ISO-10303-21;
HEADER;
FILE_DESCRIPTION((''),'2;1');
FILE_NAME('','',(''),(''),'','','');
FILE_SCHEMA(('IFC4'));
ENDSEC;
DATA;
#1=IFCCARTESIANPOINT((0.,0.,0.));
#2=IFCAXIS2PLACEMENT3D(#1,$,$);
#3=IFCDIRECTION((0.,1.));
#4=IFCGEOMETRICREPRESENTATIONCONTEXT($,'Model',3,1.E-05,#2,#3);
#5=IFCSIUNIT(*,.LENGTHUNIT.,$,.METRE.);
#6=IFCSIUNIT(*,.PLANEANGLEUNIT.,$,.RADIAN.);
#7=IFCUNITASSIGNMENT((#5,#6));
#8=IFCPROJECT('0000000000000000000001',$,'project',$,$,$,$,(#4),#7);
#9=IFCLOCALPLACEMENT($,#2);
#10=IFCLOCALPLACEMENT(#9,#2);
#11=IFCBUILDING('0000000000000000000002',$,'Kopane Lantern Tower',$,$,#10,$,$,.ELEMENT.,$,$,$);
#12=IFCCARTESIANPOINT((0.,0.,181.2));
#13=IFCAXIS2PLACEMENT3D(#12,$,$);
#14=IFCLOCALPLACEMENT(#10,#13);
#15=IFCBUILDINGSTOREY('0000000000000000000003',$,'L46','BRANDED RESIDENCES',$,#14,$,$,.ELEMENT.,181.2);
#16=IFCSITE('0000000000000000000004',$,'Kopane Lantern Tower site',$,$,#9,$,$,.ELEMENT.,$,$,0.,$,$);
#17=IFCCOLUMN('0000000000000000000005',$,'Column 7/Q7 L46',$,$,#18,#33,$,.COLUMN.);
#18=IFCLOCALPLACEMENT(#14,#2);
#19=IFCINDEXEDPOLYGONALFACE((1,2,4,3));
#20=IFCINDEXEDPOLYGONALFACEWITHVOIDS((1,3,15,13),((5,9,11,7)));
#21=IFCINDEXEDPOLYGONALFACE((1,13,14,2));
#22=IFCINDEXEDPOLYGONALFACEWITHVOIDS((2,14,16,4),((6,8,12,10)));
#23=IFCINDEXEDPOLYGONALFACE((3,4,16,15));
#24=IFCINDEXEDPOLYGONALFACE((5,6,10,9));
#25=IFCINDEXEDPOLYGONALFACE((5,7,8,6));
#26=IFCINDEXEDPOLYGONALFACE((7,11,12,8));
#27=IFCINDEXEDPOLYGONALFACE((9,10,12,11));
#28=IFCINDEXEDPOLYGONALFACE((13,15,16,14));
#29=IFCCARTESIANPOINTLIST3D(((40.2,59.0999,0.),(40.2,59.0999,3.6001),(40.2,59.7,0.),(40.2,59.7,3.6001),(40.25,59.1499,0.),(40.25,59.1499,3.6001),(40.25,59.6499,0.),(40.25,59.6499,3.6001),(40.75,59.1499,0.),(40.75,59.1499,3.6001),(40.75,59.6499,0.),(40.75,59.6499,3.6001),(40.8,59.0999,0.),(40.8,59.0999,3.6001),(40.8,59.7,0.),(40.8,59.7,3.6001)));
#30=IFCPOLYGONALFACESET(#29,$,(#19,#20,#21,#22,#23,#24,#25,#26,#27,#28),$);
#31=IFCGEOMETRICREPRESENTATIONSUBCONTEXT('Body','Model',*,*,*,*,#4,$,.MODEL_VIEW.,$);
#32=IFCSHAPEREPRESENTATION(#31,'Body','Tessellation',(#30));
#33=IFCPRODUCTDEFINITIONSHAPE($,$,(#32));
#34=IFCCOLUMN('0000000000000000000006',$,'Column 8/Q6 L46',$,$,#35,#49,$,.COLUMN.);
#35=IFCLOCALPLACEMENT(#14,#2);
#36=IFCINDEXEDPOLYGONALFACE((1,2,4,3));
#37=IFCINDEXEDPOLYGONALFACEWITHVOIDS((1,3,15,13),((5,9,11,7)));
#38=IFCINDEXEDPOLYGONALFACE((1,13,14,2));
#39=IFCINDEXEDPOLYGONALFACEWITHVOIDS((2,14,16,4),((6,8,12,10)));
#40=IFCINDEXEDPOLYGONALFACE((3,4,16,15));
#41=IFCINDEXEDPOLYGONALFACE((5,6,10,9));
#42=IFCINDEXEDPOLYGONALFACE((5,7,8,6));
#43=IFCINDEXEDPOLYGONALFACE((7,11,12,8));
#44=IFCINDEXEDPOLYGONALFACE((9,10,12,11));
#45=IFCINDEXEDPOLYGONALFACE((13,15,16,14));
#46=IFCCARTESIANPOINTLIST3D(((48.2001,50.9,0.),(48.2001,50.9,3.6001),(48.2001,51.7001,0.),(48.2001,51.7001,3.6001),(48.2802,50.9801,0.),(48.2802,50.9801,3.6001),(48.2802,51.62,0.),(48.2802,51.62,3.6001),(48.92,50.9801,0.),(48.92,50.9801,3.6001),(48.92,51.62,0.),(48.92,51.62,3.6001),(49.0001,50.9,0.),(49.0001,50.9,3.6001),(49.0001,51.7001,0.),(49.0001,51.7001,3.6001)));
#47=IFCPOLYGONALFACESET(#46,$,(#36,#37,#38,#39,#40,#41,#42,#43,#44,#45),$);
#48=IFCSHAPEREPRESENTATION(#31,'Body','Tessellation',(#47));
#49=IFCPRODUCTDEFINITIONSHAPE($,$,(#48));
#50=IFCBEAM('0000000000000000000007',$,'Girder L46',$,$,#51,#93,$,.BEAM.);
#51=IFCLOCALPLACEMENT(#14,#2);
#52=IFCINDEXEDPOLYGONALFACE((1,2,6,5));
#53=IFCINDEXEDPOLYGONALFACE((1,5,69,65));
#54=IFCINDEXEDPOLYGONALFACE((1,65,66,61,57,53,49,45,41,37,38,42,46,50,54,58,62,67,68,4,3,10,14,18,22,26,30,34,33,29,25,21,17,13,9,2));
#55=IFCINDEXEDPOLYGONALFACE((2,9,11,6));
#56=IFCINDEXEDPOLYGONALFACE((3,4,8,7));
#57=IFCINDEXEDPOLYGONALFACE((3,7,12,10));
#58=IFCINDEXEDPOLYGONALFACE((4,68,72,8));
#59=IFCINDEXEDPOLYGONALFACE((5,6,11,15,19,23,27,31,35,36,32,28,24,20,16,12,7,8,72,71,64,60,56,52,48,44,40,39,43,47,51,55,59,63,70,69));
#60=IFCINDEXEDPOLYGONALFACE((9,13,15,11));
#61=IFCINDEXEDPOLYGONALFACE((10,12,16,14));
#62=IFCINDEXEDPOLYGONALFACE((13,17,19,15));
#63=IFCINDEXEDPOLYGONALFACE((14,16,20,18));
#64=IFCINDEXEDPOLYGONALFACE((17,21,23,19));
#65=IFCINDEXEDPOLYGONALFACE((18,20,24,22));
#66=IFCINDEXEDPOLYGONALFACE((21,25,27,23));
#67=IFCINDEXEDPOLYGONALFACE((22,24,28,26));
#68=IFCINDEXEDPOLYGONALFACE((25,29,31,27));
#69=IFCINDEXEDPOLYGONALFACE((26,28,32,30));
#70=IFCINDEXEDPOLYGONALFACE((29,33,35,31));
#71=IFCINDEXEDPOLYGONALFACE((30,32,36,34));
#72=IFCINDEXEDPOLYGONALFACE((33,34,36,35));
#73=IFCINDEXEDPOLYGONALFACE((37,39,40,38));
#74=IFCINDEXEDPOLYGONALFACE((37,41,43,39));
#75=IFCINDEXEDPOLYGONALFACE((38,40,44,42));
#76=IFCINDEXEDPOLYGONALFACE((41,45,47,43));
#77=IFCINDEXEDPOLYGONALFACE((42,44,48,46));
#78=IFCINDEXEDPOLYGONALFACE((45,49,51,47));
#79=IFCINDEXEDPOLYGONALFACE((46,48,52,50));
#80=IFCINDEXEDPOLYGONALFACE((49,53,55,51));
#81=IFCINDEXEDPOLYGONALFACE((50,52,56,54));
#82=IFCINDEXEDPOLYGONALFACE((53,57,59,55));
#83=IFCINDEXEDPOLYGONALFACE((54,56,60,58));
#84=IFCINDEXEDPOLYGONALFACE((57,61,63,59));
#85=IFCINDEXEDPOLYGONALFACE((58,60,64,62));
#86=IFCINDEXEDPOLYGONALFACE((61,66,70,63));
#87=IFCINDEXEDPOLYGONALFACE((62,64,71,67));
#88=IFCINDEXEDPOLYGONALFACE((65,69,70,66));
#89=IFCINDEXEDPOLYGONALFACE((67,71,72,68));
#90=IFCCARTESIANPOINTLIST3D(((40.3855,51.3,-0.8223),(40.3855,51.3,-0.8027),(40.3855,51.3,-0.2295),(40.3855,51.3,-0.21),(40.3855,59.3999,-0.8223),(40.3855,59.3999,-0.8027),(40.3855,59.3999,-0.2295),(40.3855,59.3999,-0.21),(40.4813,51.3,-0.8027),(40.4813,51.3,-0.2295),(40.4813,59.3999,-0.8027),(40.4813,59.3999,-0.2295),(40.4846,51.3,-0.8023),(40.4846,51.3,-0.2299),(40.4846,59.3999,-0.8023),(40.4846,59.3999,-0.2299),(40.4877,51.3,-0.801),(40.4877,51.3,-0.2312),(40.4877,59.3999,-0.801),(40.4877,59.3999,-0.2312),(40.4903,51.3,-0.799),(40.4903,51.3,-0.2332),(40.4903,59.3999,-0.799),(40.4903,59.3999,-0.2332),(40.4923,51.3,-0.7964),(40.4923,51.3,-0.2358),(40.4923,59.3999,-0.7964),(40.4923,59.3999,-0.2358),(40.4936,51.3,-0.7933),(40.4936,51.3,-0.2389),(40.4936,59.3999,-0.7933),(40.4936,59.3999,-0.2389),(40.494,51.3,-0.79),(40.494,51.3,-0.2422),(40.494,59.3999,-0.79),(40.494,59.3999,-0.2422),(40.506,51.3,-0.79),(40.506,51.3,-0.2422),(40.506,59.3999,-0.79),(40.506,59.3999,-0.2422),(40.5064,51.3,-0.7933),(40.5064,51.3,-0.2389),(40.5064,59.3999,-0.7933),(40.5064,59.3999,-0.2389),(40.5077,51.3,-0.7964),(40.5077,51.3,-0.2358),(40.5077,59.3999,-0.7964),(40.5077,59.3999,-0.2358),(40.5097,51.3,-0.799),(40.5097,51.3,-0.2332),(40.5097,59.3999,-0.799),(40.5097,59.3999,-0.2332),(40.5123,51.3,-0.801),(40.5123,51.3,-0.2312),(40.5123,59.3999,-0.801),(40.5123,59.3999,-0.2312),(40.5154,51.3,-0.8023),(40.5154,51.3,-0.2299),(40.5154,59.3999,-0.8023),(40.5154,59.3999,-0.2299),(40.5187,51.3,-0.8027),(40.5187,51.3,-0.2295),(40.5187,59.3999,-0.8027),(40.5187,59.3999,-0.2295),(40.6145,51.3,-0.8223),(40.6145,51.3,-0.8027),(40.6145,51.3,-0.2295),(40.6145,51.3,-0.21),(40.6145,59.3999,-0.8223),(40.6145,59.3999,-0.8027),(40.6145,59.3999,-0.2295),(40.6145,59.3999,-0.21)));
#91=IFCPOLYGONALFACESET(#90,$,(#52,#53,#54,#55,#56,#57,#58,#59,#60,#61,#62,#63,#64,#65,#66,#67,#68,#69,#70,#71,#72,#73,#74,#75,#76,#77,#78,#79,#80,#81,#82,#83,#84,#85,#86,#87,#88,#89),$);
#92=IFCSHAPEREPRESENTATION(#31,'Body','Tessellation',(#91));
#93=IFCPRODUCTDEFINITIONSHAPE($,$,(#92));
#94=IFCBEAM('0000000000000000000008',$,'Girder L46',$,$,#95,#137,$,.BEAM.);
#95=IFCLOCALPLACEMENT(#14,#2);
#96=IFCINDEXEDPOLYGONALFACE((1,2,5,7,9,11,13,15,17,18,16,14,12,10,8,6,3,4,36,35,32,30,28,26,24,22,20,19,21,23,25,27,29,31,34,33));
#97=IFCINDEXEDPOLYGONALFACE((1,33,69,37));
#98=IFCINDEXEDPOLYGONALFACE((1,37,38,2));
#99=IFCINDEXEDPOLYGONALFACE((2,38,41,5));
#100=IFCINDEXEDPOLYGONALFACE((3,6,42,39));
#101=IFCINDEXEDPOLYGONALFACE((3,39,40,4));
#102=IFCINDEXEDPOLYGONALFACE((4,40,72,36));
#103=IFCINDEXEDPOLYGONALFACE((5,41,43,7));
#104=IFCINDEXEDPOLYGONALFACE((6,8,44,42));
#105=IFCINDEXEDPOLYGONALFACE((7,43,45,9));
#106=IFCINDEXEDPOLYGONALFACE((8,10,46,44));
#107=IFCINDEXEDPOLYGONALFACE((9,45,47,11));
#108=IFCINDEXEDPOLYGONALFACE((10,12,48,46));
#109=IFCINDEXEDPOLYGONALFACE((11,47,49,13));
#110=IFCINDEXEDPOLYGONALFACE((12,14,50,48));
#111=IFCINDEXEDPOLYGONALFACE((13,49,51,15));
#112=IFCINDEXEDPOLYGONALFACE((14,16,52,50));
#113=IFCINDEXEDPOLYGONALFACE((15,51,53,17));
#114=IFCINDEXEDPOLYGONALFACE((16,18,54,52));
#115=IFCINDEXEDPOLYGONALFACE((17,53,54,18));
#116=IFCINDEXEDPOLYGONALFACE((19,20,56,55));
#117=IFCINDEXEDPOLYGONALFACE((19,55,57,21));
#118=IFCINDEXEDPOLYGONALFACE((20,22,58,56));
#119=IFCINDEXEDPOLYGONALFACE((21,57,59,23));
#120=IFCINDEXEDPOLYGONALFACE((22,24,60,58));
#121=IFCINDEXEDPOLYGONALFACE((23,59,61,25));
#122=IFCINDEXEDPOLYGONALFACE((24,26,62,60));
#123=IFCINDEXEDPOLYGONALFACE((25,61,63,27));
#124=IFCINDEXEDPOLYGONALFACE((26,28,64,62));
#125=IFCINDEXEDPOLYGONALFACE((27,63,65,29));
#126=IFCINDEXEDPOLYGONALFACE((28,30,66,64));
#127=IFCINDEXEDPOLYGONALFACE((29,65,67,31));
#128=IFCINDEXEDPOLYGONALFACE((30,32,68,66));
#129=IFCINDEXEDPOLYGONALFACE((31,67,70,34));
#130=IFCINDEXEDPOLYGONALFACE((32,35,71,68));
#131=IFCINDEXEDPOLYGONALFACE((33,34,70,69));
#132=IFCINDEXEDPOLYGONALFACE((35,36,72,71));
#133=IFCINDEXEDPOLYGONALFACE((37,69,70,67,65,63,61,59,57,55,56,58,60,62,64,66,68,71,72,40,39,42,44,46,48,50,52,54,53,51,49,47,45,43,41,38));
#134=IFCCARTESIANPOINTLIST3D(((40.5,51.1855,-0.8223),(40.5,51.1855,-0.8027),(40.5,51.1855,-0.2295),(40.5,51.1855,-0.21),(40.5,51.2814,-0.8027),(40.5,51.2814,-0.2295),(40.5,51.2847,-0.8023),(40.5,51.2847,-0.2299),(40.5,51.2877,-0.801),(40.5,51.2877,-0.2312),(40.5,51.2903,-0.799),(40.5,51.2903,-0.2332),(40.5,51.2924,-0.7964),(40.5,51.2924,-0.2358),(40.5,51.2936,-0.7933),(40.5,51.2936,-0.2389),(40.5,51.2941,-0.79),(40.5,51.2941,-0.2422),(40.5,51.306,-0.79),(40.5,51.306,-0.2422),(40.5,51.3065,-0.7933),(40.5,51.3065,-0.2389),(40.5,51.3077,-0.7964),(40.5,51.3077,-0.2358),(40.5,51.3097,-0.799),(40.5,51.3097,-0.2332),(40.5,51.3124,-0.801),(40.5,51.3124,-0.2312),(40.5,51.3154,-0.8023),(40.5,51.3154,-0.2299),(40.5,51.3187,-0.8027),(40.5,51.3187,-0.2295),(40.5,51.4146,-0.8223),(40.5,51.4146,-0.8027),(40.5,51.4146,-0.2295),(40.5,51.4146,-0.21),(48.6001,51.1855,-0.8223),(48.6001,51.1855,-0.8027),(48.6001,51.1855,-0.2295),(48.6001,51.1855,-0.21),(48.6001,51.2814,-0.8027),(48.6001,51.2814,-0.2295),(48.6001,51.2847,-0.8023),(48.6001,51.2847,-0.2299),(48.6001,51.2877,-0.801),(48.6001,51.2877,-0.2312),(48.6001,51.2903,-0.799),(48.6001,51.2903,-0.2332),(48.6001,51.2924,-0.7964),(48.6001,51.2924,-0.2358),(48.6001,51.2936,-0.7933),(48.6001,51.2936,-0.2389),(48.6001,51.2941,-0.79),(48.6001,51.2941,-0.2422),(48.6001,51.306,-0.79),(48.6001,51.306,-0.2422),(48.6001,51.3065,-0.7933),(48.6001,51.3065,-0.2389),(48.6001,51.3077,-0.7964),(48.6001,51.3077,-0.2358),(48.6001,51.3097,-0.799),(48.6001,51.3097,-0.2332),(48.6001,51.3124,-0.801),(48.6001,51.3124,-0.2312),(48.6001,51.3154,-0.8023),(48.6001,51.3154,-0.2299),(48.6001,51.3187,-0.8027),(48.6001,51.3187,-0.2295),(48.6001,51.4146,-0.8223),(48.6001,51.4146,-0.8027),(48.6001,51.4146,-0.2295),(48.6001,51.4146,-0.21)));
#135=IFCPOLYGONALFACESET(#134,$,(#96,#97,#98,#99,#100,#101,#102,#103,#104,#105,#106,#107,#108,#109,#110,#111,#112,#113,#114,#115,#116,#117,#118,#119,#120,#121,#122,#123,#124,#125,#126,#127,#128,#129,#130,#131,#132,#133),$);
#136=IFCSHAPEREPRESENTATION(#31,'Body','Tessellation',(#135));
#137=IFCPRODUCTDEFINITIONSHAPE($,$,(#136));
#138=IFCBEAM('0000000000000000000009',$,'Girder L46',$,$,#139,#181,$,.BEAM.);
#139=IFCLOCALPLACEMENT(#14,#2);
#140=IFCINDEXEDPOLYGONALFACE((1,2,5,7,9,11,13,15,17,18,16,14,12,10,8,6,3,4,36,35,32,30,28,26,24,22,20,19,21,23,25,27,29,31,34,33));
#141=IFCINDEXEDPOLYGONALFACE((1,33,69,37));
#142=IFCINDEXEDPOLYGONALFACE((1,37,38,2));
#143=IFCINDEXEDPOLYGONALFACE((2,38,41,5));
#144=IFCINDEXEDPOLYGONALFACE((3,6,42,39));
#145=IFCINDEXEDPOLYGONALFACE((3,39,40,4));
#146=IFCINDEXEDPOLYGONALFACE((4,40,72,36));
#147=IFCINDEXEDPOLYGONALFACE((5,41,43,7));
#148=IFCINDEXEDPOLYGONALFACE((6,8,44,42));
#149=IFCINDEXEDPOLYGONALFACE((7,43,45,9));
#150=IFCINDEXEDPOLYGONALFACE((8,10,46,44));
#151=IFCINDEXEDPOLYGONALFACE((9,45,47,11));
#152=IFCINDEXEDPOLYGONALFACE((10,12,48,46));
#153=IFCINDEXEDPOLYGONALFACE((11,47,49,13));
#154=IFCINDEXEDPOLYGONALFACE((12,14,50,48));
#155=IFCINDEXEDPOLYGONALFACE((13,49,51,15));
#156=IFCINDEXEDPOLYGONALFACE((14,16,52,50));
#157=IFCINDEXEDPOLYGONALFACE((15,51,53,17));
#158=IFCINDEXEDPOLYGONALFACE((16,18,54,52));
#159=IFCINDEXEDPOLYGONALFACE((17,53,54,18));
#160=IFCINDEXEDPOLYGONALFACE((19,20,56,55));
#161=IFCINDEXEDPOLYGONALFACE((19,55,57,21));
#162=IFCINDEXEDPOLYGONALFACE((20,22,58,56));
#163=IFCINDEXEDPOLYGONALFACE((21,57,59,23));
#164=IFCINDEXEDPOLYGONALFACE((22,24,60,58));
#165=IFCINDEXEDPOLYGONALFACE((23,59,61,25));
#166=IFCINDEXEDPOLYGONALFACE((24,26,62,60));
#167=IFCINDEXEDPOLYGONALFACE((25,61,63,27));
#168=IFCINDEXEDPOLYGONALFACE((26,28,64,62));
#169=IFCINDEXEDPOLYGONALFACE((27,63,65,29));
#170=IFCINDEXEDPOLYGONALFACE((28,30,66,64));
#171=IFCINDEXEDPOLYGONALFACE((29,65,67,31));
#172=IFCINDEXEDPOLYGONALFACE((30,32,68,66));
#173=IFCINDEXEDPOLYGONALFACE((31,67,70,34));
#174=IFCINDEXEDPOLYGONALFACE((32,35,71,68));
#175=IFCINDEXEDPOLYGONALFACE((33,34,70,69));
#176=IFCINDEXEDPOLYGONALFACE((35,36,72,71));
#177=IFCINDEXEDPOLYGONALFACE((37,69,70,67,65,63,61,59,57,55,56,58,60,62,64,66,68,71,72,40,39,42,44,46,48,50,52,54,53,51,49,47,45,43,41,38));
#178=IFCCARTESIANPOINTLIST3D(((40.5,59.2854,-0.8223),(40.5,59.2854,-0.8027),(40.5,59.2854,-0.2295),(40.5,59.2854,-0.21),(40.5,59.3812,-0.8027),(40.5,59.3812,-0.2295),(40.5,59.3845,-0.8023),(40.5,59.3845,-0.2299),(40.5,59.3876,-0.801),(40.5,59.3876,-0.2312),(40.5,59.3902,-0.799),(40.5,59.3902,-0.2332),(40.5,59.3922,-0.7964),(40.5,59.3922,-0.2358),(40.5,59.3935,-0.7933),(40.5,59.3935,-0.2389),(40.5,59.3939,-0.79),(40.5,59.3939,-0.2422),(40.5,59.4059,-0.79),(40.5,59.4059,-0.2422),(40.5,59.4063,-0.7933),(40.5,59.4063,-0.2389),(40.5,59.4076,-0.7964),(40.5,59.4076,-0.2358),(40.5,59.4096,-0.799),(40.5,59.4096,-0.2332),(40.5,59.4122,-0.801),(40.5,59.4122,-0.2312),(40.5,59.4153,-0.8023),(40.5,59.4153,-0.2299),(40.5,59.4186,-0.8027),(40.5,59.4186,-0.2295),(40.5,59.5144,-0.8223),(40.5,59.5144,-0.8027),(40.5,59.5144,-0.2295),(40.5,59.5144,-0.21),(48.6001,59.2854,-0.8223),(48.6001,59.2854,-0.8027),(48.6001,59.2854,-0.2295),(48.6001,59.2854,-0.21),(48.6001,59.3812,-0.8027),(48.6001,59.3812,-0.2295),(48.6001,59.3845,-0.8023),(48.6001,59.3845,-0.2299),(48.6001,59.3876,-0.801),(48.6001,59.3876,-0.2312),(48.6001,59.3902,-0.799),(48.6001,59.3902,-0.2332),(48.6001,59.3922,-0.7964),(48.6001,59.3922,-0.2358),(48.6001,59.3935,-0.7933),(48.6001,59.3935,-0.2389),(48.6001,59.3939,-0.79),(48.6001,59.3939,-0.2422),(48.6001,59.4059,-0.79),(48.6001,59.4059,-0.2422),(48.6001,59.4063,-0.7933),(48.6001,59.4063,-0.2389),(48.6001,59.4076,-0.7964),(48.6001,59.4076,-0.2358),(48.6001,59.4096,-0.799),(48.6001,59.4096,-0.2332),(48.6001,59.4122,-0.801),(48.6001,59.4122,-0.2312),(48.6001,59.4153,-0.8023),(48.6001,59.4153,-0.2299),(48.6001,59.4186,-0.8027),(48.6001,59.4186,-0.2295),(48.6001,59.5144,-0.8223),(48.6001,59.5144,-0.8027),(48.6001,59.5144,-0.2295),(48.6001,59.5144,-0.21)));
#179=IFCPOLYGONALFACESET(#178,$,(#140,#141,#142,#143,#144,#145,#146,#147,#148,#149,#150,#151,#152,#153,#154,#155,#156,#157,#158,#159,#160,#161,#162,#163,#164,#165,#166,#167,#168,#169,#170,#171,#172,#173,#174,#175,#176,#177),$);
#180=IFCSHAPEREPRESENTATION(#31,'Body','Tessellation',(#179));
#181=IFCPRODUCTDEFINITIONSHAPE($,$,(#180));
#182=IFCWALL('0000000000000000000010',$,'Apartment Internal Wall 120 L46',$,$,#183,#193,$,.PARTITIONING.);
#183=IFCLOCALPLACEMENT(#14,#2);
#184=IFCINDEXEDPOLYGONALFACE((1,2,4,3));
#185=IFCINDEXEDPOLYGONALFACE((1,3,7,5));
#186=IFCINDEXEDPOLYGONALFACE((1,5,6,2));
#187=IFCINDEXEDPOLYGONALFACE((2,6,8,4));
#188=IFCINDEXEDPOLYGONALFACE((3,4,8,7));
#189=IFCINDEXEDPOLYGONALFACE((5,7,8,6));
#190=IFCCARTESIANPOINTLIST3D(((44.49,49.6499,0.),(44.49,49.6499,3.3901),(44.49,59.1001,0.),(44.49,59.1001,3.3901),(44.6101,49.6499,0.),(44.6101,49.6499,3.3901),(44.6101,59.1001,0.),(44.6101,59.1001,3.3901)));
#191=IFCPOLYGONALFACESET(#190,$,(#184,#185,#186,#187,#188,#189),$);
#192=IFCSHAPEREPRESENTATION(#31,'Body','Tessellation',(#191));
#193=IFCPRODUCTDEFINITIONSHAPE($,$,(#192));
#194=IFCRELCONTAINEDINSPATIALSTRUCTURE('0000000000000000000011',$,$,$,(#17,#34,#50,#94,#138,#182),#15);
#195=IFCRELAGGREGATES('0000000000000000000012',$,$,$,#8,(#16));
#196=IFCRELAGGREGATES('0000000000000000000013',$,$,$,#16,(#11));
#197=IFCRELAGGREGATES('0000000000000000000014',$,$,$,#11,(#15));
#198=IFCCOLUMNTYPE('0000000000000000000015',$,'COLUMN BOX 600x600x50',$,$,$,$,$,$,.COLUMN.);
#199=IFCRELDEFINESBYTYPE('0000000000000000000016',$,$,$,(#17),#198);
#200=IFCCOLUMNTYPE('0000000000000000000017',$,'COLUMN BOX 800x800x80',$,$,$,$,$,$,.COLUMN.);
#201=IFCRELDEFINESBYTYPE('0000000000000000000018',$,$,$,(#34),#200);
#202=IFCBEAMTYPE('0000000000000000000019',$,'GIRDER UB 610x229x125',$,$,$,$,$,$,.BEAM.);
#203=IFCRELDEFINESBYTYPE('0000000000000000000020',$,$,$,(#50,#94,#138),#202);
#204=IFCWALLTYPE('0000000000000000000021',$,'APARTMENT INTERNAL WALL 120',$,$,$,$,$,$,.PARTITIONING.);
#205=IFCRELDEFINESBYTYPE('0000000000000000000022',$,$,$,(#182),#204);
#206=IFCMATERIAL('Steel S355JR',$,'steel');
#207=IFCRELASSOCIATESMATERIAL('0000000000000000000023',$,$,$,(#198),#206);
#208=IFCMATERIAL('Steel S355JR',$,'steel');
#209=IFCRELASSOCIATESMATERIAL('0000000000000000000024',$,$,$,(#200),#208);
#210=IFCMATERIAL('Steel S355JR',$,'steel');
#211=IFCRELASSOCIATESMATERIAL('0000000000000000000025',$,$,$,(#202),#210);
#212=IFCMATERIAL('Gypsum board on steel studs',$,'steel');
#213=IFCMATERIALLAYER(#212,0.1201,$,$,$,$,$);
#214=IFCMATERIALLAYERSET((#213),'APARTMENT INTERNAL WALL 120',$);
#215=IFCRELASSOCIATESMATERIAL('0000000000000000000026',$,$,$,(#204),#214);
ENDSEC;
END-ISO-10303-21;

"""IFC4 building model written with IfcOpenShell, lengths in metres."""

from ifc_helpers import new_model, si_unit, direction, frame, frame_2d, origin, origin_2d, place, context, subcontext, project, spatial, rectangle, hollow_rectangle, i_section, extrude, material, layer, layer_set, material_profile, profile_set, type_object, element, save


model = new_model("IFC4")

# Units and contexts
model_context = context("Model", 3, precision=1e-05, world=origin(), true_north=direction((0.0, 1.0)))
body_context = subcontext(model_context, "Body", "Model", "MODEL_VIEW")
ifc_project = project(units=[si_unit("LENGTHUNIT", "METRE"), si_unit("PLANEANGLEUNIT", "RADIAN")], contexts=[model_context])

# Site, building, storey
site_placement = place(None, origin())
site = spatial("IfcSite", under=ifc_project, at=site_placement, Name="Kopane Lantern Tower site", CompositionType="ELEMENT", RefElevation=0.0)
building_placement = place(site_placement, origin())
building = spatial("IfcBuilding", under=site, at=building_placement, Name="Kopane Lantern Tower", CompositionType="ELEMENT")
storey_placement = place(building_placement, frame((0.0, 0.0, 181.2)))
storey = spatial("IfcBuildingStorey", under=building, at=storey_placement, Name="L46", Description="BRANDED RESIDENCES", CompositionType="ELEMENT", Elevation=181.2)

# Columns
ifc_material_1 = material(Name="Steel S355JR", Category="steel")
ifc_material_profile_1 = material_profile(ifc_material_1, hollow_rectangle(XDim=0.6001, YDim=0.6001, WallThickness=0.05, at=origin_2d()), Name="BOX 600x600x50")
ifc_profile_set_1 = profile_set([ifc_material_profile_1], Name="Steel S355JR")
column_type_1 = type_object("IfcColumnType", Name="COLUMN BOX 600x600x50", PredefinedType="COLUMN", material=ifc_profile_set_1)
column_1_placement = place(storey_placement, frame((40.5, 59.3999, 0.0), z_axis=(0.0, 0.0, 1.0), x_axis=(1.0, 0.0, 0.0)))
element("IfcColumn", 1, at=column_1_placement, inside=storey, type_object=column_type_1, Name="Column 7/Q7 L46", PredefinedType="COLUMN", context=body_context, shape_type="SweptSolid", body=[
    extrude(hollow_rectangle(XDim=0.6001, YDim=0.6001, WallThickness=0.05, at=origin_2d()), origin(), (0.0, 0.0, 1.0), 3.6001),
])
ifc_material_2 = material(Name="Steel S355JR", Category="steel")
ifc_material_profile_2 = material_profile(ifc_material_2, hollow_rectangle(XDim=0.8, YDim=0.8, WallThickness=0.0801, at=origin_2d()), Name="BOX 800x800x80")
ifc_profile_set_2 = profile_set([ifc_material_profile_2], Name="Steel S355JR")
column_type_2 = type_object("IfcColumnType", Name="COLUMN BOX 800x800x80", PredefinedType="COLUMN", material=ifc_profile_set_2)
column_2_placement = place(storey_placement, frame((48.6001, 51.3, 0.0), z_axis=(0.0, 0.0, 1.0), x_axis=(1.0, 0.0, 0.0)))
element("IfcColumn", 2, at=column_2_placement, inside=storey, type_object=column_type_2, Name="Column 8/Q6 L46", PredefinedType="COLUMN", context=body_context, shape_type="SweptSolid", body=[
    extrude(hollow_rectangle(XDim=0.8, YDim=0.8, WallThickness=0.0801, at=origin_2d()), origin(), (0.0, 0.0, 1.0), 3.6001),
])

# Beams
ifc_material_3 = material(Name="Steel S355JR", Category="steel")
ifc_material_profile_3 = material_profile(ifc_material_3, i_section(OverallWidth=0.229, OverallDepth=0.6123, WebThickness=0.012, FlangeThickness=0.0195, FilletRadius=0.0127, at=origin_2d()), Name="UB 610x229x125")
ifc_profile_set_3 = profile_set([ifc_material_profile_3], Name="Steel S355JR")
beam_type = type_object("IfcBeamType", Name="GIRDER UB 610x229x125", PredefinedType="BEAM", material=ifc_profile_set_3)
beam_placement = place(storey_placement, frame((40.5, 51.3, -0.5161), z_axis=(0.0, 1.0, 0.0), x_axis=(-1.0, 0.0, 0.0)))
element("IfcBeam", 3, at=beam_placement, inside=storey, type_object=beam_type, Name="Girder L46", PredefinedType="BEAM", context=body_context, shape_type="SweptSolid", body=[
    extrude(i_section(OverallWidth=0.229, OverallDepth=0.6123, WebThickness=0.012, FlangeThickness=0.0195, FilletRadius=0.0127, at=origin_2d()), origin(), (0.0, 0.0, 1.0), 8.0999),
])
for number, where, z_axis, x_axis, name in (
    (4, (40.5, 51.3, -0.5161), (1.0, 0.0, 0.0), (0.0, 1.0, 0.0), "Girder L46"),
    (5, (40.5, 59.3999, -0.5161), (1.0, 0.0, 0.0), (0.0, 1.0, 0.0), "Girder L46"),
):
    element("IfcBeam", number, at=place(storey_placement, frame(where, z_axis=z_axis, x_axis=x_axis)), inside=storey, type_object=beam_type, Name=name, PredefinedType="BEAM", context=body_context, shape_type="SweptSolid", body=[
        extrude(i_section(OverallWidth=0.229, OverallDepth=0.6123, WebThickness=0.012, FlangeThickness=0.0195, FilletRadius=0.0127, at=origin_2d()), origin(), (0.0, 0.0, 1.0), 8.1001),
    ])

# Wall
ifc_material_4 = material(Name="Gypsum board on steel studs", Category="steel")
ifc_layer_1 = layer(ifc_material_4, 0.1201)
ifc_layer_set_1 = layer_set([ifc_layer_1], Name="APARTMENT INTERNAL WALL 120")
wall_type_1 = type_object("IfcWallType", Name="APARTMENT INTERNAL WALL 120", PredefinedType="PARTITIONING", material=ifc_layer_set_1)
wall_1_placement = place(storey_placement, frame((44.55, 49.6499, 0.0), z_axis=(0.0, 0.0, 1.0), x_axis=(0.0, 1.0, 0.0)))
element("IfcWall", 6, at=wall_1_placement, inside=storey, type_object=wall_type_1, Name="Apartment Internal Wall 120 L46", PredefinedType="PARTITIONING", context=body_context, shape_type="SweptSolid", body=[
    extrude(rectangle(XDim=9.4502, YDim=0.1201, at=frame_2d((4.7251, 0.0))), origin(), (0.0, 0.0, 1.0), 3.3901),
])

save(model, "model.ifc")
